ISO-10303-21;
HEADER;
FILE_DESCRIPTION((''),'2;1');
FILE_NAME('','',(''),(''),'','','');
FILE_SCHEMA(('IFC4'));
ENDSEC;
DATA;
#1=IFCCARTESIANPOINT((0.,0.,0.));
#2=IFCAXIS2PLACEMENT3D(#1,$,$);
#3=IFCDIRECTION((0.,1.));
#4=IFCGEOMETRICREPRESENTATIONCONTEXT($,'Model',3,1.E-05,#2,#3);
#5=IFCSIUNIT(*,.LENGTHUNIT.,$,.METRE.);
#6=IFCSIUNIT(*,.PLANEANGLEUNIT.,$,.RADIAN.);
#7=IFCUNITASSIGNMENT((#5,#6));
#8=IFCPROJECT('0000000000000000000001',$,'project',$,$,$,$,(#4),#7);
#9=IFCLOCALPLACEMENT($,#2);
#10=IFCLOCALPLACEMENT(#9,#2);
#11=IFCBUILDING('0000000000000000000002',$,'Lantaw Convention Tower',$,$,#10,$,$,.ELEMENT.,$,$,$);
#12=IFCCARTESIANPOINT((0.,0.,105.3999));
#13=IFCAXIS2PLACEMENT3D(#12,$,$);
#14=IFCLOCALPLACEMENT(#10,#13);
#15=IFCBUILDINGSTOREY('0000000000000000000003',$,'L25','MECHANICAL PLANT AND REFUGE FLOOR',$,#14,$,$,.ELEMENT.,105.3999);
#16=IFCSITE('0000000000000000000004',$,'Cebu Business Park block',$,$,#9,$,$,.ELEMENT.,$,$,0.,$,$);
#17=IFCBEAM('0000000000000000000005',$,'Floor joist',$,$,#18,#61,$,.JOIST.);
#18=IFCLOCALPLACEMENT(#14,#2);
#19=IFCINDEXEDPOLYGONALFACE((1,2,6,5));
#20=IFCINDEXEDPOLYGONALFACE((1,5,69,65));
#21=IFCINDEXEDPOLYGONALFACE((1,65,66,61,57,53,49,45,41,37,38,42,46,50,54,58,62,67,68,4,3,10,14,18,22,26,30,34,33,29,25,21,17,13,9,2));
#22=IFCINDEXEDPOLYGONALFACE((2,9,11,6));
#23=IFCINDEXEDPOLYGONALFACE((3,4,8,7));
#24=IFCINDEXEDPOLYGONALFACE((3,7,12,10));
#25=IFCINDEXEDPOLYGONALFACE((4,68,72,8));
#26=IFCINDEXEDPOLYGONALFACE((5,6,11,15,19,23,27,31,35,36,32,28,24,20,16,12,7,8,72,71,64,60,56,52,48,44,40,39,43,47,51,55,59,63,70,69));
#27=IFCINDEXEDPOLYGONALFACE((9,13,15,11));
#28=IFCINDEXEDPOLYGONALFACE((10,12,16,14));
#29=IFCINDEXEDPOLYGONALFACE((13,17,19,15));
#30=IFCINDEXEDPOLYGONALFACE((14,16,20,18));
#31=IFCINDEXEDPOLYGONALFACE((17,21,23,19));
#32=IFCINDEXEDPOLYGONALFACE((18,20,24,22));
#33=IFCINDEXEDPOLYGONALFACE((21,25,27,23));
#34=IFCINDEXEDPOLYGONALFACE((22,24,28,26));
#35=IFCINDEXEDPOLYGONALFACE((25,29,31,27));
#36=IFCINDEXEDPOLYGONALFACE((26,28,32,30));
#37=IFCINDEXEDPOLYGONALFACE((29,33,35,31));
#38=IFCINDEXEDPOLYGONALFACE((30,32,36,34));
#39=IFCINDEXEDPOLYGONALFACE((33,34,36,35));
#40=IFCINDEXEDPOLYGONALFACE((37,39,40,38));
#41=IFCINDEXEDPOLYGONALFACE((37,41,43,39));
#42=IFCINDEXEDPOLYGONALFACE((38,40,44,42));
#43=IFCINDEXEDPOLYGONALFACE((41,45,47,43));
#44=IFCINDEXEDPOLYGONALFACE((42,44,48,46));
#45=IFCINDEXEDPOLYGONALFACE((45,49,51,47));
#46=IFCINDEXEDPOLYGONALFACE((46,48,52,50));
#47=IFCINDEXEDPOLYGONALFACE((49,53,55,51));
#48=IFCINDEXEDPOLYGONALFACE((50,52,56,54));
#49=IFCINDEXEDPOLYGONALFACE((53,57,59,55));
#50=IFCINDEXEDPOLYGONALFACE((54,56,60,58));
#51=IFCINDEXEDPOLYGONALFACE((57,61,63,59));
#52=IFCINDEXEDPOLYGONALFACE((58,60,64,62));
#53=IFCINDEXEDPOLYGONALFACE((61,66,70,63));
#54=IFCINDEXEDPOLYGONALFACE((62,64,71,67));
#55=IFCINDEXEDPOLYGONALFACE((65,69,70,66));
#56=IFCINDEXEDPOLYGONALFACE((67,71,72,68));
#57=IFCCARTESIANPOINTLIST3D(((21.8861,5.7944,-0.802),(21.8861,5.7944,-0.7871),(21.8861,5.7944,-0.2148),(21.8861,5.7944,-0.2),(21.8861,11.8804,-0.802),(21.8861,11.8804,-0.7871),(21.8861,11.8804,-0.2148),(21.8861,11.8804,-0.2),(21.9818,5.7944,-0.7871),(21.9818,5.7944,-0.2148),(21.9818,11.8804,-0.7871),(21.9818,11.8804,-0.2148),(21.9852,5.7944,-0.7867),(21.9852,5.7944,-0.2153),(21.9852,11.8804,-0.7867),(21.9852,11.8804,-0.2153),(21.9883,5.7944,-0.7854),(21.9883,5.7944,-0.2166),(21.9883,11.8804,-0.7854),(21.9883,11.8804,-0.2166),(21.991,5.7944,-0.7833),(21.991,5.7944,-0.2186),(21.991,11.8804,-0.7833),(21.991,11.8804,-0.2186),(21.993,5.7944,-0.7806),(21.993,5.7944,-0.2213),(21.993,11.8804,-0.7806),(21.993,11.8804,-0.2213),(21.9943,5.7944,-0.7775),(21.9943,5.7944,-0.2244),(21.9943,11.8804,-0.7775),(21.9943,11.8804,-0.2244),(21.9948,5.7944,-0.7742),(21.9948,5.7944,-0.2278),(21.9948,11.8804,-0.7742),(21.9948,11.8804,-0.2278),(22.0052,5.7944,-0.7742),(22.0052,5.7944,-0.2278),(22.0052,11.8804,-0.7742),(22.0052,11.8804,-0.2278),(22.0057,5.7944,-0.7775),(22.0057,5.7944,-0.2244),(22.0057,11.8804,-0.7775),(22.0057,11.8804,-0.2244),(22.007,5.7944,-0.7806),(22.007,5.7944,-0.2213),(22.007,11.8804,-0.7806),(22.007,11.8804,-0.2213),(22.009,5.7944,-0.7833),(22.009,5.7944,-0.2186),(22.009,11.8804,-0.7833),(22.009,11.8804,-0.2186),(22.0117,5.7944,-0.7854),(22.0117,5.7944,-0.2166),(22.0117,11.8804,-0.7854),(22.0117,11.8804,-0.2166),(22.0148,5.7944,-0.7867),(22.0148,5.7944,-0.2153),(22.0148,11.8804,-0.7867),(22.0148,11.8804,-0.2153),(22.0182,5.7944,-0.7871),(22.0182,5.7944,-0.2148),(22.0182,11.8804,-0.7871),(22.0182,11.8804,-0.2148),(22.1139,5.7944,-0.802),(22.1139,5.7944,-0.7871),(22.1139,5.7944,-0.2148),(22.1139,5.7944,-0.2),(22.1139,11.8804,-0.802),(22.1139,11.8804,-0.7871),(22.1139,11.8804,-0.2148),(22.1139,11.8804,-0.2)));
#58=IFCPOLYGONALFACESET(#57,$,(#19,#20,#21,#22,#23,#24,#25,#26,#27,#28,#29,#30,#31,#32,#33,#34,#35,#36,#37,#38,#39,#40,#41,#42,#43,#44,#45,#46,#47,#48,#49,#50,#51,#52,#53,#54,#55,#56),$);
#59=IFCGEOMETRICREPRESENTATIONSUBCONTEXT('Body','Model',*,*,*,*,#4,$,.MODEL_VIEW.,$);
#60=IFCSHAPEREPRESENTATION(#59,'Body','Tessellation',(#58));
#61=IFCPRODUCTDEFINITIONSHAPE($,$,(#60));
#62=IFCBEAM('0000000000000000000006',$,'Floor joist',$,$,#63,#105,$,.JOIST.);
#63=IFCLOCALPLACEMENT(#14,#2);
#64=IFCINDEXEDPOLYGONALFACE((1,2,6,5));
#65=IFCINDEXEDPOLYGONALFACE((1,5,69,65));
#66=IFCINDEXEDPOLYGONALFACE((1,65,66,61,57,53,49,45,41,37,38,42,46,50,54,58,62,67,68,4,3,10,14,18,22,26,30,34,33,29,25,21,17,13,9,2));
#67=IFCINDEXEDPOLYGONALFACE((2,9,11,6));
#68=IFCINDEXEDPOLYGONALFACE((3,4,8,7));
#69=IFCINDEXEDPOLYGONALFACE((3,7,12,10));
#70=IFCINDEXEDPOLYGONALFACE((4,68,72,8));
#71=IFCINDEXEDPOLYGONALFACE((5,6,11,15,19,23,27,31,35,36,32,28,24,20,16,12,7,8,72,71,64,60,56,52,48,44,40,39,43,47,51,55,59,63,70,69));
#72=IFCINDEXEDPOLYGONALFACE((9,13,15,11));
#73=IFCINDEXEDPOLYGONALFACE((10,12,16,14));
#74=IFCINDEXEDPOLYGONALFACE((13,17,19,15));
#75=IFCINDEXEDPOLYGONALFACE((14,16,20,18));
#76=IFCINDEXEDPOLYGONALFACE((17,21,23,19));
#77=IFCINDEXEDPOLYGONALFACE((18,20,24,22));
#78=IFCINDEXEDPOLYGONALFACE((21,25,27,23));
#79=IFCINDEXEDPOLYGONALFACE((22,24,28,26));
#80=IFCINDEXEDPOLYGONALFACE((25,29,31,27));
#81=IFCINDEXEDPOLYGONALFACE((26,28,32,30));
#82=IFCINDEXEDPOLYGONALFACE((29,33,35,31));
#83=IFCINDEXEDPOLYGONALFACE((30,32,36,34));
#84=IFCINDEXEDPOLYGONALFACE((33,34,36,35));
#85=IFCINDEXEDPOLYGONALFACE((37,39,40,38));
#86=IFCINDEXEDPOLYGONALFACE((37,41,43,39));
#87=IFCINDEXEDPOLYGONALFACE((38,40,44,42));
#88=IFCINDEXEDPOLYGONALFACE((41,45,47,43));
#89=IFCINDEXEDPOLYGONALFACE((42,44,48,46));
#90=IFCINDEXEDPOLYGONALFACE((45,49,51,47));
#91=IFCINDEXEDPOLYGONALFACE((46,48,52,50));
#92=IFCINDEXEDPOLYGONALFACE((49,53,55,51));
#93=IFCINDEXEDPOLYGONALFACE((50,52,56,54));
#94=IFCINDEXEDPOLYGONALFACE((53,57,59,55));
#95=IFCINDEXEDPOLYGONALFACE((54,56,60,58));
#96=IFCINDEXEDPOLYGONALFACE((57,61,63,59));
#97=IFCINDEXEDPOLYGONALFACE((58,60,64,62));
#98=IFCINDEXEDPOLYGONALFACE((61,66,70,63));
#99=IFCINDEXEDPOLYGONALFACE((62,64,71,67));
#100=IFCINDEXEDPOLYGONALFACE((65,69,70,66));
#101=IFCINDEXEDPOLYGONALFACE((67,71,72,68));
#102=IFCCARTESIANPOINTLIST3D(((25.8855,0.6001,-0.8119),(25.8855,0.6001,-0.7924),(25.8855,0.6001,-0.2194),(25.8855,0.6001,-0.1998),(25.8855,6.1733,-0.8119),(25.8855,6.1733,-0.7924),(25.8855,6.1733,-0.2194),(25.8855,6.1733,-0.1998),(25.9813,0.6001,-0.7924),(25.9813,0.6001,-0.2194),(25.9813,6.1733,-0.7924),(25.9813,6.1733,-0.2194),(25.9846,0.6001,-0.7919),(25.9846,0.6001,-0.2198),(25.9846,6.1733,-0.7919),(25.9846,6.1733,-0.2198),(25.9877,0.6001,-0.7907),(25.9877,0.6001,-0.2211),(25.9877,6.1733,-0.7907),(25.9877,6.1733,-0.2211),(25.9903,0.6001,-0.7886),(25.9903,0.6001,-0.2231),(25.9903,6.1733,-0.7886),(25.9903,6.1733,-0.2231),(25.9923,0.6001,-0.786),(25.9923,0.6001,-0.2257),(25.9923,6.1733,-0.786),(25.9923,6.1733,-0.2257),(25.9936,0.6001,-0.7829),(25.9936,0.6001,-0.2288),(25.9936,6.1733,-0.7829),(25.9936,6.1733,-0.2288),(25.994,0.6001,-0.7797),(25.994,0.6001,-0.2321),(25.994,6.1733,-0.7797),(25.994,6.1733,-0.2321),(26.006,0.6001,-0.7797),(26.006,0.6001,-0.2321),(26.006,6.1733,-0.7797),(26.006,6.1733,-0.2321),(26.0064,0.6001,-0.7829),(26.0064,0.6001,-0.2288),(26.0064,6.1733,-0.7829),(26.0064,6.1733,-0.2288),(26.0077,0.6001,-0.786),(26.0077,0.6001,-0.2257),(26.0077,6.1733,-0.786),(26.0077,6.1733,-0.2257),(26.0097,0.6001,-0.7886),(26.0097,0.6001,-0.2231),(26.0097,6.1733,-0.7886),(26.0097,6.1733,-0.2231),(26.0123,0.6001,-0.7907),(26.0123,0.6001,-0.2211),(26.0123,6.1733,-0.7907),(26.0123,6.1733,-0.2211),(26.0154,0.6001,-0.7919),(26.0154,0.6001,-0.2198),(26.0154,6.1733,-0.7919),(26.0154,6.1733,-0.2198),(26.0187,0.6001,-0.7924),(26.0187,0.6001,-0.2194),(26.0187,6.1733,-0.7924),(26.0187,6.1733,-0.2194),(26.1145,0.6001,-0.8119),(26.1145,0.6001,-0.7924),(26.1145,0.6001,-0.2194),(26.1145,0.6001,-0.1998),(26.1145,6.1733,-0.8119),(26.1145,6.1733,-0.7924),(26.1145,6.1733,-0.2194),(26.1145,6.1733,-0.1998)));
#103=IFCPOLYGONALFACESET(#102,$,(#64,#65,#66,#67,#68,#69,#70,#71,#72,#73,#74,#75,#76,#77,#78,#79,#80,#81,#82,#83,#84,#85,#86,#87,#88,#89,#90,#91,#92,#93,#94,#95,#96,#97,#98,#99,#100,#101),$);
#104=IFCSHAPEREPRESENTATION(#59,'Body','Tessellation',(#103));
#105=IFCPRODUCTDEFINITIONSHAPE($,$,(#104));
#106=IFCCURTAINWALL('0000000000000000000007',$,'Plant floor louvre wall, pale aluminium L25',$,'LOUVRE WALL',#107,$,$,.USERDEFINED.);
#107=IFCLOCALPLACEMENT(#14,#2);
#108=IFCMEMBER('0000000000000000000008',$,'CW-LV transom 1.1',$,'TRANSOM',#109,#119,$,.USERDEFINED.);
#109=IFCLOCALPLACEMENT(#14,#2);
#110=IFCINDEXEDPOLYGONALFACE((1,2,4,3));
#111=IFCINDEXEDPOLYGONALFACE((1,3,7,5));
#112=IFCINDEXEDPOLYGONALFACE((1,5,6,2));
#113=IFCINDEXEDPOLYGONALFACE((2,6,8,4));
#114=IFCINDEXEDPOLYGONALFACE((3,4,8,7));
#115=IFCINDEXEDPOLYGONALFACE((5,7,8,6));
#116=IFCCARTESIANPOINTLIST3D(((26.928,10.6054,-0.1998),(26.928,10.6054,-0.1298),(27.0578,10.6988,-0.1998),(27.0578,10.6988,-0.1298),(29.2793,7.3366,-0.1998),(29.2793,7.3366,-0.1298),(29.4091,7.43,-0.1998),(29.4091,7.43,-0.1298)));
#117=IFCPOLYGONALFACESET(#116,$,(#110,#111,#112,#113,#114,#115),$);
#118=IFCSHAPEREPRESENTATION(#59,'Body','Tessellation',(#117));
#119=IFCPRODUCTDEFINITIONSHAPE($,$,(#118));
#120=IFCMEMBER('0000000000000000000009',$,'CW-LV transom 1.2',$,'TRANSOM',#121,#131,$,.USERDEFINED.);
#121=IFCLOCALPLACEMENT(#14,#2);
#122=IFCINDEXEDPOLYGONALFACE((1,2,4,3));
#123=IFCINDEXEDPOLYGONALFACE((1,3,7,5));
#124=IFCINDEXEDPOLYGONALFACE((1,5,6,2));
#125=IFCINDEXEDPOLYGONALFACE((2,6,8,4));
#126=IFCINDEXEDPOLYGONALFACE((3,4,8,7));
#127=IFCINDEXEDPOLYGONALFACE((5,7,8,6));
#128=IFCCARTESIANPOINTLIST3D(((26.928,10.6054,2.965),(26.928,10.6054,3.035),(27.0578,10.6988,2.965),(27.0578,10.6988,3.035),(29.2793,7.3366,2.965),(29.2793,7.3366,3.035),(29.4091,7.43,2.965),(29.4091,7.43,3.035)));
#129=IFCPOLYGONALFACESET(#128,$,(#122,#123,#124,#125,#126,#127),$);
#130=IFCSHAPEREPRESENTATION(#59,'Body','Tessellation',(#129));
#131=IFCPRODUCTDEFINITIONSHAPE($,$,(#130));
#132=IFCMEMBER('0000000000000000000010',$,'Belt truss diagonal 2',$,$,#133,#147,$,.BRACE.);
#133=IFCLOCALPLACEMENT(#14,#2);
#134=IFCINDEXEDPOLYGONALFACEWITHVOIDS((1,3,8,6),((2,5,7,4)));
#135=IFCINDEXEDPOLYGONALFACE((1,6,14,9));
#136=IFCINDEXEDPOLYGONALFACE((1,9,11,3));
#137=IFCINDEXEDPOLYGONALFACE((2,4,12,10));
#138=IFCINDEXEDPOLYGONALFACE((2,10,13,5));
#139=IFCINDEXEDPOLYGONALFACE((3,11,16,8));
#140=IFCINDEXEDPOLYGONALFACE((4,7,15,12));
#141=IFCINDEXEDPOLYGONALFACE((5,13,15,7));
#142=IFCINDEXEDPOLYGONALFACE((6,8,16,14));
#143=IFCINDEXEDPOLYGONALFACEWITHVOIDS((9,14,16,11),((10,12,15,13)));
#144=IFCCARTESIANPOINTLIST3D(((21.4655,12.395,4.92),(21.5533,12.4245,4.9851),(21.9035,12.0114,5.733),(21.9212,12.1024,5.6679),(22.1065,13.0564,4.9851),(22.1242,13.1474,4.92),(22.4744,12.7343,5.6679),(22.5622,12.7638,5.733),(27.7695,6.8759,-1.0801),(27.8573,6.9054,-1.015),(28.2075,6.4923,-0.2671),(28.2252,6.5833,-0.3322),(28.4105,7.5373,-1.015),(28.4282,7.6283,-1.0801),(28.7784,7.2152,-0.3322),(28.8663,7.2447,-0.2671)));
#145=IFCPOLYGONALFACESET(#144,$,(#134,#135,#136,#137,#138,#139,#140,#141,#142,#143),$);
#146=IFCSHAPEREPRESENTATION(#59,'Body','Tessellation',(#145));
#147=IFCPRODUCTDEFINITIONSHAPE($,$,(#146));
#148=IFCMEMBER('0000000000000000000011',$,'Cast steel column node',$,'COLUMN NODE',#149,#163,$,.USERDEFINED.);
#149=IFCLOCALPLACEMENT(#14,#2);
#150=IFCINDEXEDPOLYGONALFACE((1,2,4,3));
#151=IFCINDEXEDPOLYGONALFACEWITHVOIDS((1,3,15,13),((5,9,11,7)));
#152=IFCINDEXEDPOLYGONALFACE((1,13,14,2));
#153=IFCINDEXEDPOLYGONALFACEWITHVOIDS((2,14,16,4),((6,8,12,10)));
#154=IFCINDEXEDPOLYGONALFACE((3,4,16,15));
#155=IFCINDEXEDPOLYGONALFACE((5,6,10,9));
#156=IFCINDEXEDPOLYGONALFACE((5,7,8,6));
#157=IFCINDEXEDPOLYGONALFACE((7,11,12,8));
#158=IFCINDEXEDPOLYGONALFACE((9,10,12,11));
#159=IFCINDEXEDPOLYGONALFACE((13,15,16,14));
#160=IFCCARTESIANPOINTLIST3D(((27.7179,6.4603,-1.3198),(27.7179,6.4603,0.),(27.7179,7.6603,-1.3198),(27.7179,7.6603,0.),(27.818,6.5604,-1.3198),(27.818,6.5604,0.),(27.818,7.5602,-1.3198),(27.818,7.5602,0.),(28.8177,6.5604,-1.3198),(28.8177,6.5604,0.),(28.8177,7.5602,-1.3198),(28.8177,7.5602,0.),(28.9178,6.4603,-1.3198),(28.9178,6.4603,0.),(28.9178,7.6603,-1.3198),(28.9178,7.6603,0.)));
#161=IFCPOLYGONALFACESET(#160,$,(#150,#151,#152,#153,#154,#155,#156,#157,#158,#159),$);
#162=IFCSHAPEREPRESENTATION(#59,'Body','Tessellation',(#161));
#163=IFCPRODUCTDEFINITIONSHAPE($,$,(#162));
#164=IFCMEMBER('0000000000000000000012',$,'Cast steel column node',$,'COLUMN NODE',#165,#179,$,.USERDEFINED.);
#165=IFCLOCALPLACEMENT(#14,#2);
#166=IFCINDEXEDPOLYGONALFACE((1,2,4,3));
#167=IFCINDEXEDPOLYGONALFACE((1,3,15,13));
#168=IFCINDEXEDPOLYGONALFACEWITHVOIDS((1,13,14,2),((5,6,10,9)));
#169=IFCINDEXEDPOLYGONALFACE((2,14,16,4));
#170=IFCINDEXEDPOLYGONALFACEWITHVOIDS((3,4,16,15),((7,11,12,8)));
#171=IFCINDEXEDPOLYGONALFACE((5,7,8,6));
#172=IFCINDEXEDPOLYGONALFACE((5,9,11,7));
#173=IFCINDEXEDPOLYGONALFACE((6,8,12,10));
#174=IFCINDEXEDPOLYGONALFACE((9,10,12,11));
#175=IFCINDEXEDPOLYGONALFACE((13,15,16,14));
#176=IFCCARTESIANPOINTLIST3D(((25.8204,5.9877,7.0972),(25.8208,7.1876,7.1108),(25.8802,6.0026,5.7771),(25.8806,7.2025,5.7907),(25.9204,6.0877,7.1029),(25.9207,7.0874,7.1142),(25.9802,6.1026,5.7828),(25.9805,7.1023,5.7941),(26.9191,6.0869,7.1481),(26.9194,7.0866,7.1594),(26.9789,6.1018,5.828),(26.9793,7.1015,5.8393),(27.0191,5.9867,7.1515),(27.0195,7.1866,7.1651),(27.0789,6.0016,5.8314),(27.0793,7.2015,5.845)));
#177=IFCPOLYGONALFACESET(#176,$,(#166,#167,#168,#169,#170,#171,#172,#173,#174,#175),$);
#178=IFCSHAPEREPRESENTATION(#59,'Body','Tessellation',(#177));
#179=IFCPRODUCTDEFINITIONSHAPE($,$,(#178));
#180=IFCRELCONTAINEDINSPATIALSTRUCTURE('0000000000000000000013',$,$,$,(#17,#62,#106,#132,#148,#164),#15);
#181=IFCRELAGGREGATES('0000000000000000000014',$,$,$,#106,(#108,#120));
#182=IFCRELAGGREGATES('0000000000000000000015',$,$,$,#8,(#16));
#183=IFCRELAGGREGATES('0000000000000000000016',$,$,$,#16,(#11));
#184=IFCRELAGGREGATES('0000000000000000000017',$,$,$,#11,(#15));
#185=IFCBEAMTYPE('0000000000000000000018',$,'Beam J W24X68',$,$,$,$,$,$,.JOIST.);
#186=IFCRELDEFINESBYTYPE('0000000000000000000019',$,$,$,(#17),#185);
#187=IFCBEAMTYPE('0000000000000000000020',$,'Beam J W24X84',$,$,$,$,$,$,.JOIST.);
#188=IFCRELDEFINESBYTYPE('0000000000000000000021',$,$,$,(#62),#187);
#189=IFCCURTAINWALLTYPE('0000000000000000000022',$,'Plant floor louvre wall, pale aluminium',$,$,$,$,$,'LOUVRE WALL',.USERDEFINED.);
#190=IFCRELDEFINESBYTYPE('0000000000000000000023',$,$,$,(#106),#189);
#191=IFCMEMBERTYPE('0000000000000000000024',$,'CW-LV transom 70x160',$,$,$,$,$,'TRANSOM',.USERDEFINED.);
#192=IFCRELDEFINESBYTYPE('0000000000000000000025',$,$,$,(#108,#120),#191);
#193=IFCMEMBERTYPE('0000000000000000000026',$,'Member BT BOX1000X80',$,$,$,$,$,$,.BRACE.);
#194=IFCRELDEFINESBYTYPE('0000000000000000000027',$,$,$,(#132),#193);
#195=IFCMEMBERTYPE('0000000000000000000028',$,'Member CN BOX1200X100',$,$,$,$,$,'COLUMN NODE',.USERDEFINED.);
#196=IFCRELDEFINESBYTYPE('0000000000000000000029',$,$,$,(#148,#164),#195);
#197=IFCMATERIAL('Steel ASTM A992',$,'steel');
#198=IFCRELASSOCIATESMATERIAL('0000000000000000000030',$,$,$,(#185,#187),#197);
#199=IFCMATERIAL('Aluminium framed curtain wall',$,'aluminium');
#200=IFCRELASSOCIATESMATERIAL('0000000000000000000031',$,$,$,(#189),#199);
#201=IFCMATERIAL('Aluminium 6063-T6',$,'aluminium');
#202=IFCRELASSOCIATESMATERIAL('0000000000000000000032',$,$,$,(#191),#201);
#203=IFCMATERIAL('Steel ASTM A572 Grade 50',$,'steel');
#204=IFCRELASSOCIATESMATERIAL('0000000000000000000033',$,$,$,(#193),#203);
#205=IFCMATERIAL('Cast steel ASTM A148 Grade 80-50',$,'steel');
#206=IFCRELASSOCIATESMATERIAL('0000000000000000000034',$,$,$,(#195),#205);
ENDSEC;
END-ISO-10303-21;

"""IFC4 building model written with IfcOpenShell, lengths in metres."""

from ifc_helpers import new_model, si_unit, direction, frame, origin, origin_2d, place, context, subcontext, project, spatial, rectangle, hollow_rectangle, i_section, extrude, material, material_profile, profile_set, type_object, element, aggregate, save


model = new_model("IFC4")

# Units and contexts
model_context = context("Model", 3, precision=1e-05, world=origin(), true_north=direction((0.0, 1.0)))
body_context = subcontext(model_context, "Body", "Model", "MODEL_VIEW")
ifc_project = project(units=[si_unit("LENGTHUNIT", "METRE"), si_unit("PLANEANGLEUNIT", "RADIAN")], contexts=[model_context])

# Site, building, storey
site_placement = place(None, origin())
site = spatial("IfcSite", under=ifc_project, at=site_placement, Name="Cebu Business Park block", CompositionType="ELEMENT", RefElevation=0.0)
building_placement = place(site_placement, origin())
building = spatial("IfcBuilding", under=site, at=building_placement, Name="Lantaw Convention Tower", CompositionType="ELEMENT")
storey_placement = place(building_placement, frame((0.0, 0.0, 105.3999)))
storey = spatial("IfcBuildingStorey", under=building, at=storey_placement, Name="L25", Description="MECHANICAL PLANT AND REFUGE FLOOR", CompositionType="ELEMENT", Elevation=105.3999)

# Beams
ifc_material_1 = material(Name="Steel ASTM A992", Category="steel")
ifc_material_profile_1 = material_profile(ifc_material_1, i_section(OverallWidth=0.2278, OverallDepth=0.6021, WebThickness=0.0105, FlangeThickness=0.0149, FilletRadius=0.0129, at=origin_2d()), Name="W24X68")
ifc_profile_set_1 = profile_set([ifc_material_profile_1], Name="Steel ASTM A992")
beam_type_1 = type_object("IfcBeamType", Name="Beam J W24X68", PredefinedType="JOIST", material=ifc_profile_set_1)
beam_1_placement = place(storey_placement, frame((22.0, 5.7944, -0.501), z_axis=(0.0, 1.0, 0.0), x_axis=(-1.0, 0.0, 0.0)))
element("IfcBeam", 1, at=beam_1_placement, inside=storey, type_object=beam_type_1, Name="Floor joist", PredefinedType="JOIST", context=body_context, shape_type="SweptSolid", body=[
    extrude(i_section(OverallWidth=0.2278, OverallDepth=0.6021, WebThickness=0.0105, FlangeThickness=0.0149, FilletRadius=0.0129, at=origin_2d()), origin(), (0.0, 0.0, 1.0), 6.0859),
])
ifc_material_profile_2 = material_profile(ifc_material_1, i_section(OverallWidth=0.229, OverallDepth=0.6121, WebThickness=0.012, FlangeThickness=0.0195, FilletRadius=0.0127, at=origin_2d()), Name="W24X84")
ifc_profile_set_2 = profile_set([ifc_material_profile_2], Name="Steel ASTM A992")
beam_type_2 = type_object("IfcBeamType", Name="Beam J W24X84", PredefinedType="JOIST", material=ifc_profile_set_2)
beam_2_placement = place(storey_placement, frame((26.0, 0.6001, -0.5059), z_axis=(0.0, 1.0, 0.0), x_axis=(-1.0, 0.0, 0.0)))
element("IfcBeam", 2, at=beam_2_placement, inside=storey, type_object=beam_type_2, Name="Floor joist", PredefinedType="JOIST", context=body_context, shape_type="SweptSolid", body=[
    extrude(i_section(OverallWidth=0.229, OverallDepth=0.6121, WebThickness=0.012, FlangeThickness=0.0195, FilletRadius=0.0127, at=origin_2d()), origin(), (0.0, 0.0, 1.0), 5.5732),
])

# Curtain wall, members
ifc_material_2 = material(Name="Aluminium framed curtain wall", Category="aluminium")
curtain_wall_type = type_object("IfcCurtainWallType", Name="Plant floor louvre wall, pale aluminium", ElementType="LOUVRE WALL", PredefinedType="USERDEFINED", material=ifc_material_2)
curtain_wall_placement = place(storey_placement, origin())
curtain_wall = element("IfcCurtainWall", 3, at=curtain_wall_placement, inside=storey, type_object=curtain_wall_type, Name="Plant floor louvre wall, pale aluminium L25", ObjectType="LOUVRE WALL", PredefinedType="USERDEFINED")
ifc_material_3 = material(Name="Aluminium 6063-T6", Category="aluminium")
ifc_material_profile_3 = material_profile(ifc_material_3, rectangle(XDim=0.1599, YDim=0.0701, at=origin_2d()), Name="CW-LV transom 70x160")
ifc_profile_set_3 = profile_set([ifc_material_profile_3], Name="Aluminium 6063-T6")
member_type_1 = type_object("IfcMemberType", Name="CW-LV transom 70x160", ElementType="TRANSOM", PredefinedType="USERDEFINED", material=ifc_profile_set_3)
member_1_placement = place(storey_placement, frame((29.3442, 7.3833, -0.1648), z_axis=(-0.583942, 0.811795, 0.0), x_axis=(-0.811795, -0.583942, 0.0)))
member_1 = element("IfcMember", 4, at=member_1_placement, type_object=member_type_1, Name="CW-LV transom 1.1", ObjectType="TRANSOM", PredefinedType="USERDEFINED", context=body_context, shape_type="SweptSolid", body=[
    extrude(rectangle(XDim=0.1599, YDim=0.0701, at=origin_2d()), origin(), (0.0, 0.0, 1.0), 4.0266),
])
member_2_placement = place(storey_placement, frame((29.3442, 7.3833, 3.0), z_axis=(-0.583942, 0.811795, 0.0), x_axis=(-0.811795, -0.583942, 0.0)))
member_2 = element("IfcMember", 5, at=member_2_placement, type_object=member_type_1, Name="CW-LV transom 1.2", ObjectType="TRANSOM", PredefinedType="USERDEFINED", context=body_context, shape_type="SweptSolid", body=[
    extrude(rectangle(XDim=0.1599, YDim=0.0701, at=origin_2d()), origin(), (0.0, 0.0, 1.0), 4.0266),
])

# Members
ifc_material_4 = material(Name="Steel ASTM A572 Grade 50", Category="steel")
ifc_material_profile_4 = material_profile(ifc_material_4, hollow_rectangle(XDim=1.0, YDim=1.0, WallThickness=0.0801, at=origin_2d()), Name="BOX1000X80")
ifc_profile_set_4 = profile_set([ifc_material_profile_4], Name="Steel ASTM A572 Grade 50")
member_type_2 = type_object("IfcMemberType", Name="Member BT BOX1000X80", PredefinedType="BRACE", material=ifc_profile_set_4)
member_3_placement = place(storey_placement, frame((28.3179, 7.0603, -0.6736), z_axis=(-0.611718, 0.535553, 0.582223), x_axis=(-0.658713, -0.752394, 0.0)))
element("IfcMember", 6, at=member_3_placement, inside=storey, type_object=member_type_2, Name="Belt truss diagonal 2", PredefinedType="BRACE", context=body_context, shape_type="SweptSolid", body=[
    extrude(hollow_rectangle(XDim=1.0, YDim=1.0, WallThickness=0.0801, at=origin_2d()), origin(), (0.0, 0.0, 1.0), 10.3054),
])
ifc_material_5 = material(Name="Cast steel ASTM A148 Grade 80-50", Category="steel")
ifc_material_profile_5 = material_profile(ifc_material_5, hollow_rectangle(XDim=1.2, YDim=1.2, WallThickness=0.1001, at=origin_2d()), Name="BOX1200X100")
ifc_profile_set_5 = profile_set([ifc_material_profile_5], Name="Cast steel ASTM A148 Grade 80-50")
member_type_3 = type_object("IfcMemberType", Name="Member CN BOX1200X100", ElementType="COLUMN NODE", PredefinedType="USERDEFINED", material=ifc_profile_set_5)
member_4_placement = place(storey_placement, frame((28.3179, 7.0603, -1.3198), z_axis=(0.0, 0.0, 1.0), x_axis=(1.0, 0.0, 0.0)))
element("IfcMember", 7, at=member_4_placement, inside=storey, type_object=member_type_3, Name="Cast steel column node", ObjectType="COLUMN NODE", PredefinedType="USERDEFINED", context=body_context, shape_type="SweptSolid", body=[
    extrude(hollow_rectangle(XDim=1.2, YDim=1.2, WallThickness=0.1001, at=origin_2d()), origin(), (0.0, 0.0, 1.0), 1.3198),
])
member_5_placement = place(storey_placement, frame((26.4797, 6.6021, 5.811), z_axis=(-0.045262, -0.011269, 0.998912), x_axis=(0.998975, -0.000833, 0.045256)))
element("IfcMember", 8, at=member_5_placement, inside=storey, type_object=member_type_3, Name="Cast steel column node", ObjectType="COLUMN NODE", PredefinedType="USERDEFINED", context=body_context, shape_type="SweptSolid", body=[
    extrude(hollow_rectangle(XDim=1.2, YDim=1.2, WallThickness=0.1001, at=origin_2d()), origin(), (0.0, 0.0, 1.0), 1.3215),
])

aggregate(curtain_wall, [member_1, member_2])

save(model, "model.ifc")
